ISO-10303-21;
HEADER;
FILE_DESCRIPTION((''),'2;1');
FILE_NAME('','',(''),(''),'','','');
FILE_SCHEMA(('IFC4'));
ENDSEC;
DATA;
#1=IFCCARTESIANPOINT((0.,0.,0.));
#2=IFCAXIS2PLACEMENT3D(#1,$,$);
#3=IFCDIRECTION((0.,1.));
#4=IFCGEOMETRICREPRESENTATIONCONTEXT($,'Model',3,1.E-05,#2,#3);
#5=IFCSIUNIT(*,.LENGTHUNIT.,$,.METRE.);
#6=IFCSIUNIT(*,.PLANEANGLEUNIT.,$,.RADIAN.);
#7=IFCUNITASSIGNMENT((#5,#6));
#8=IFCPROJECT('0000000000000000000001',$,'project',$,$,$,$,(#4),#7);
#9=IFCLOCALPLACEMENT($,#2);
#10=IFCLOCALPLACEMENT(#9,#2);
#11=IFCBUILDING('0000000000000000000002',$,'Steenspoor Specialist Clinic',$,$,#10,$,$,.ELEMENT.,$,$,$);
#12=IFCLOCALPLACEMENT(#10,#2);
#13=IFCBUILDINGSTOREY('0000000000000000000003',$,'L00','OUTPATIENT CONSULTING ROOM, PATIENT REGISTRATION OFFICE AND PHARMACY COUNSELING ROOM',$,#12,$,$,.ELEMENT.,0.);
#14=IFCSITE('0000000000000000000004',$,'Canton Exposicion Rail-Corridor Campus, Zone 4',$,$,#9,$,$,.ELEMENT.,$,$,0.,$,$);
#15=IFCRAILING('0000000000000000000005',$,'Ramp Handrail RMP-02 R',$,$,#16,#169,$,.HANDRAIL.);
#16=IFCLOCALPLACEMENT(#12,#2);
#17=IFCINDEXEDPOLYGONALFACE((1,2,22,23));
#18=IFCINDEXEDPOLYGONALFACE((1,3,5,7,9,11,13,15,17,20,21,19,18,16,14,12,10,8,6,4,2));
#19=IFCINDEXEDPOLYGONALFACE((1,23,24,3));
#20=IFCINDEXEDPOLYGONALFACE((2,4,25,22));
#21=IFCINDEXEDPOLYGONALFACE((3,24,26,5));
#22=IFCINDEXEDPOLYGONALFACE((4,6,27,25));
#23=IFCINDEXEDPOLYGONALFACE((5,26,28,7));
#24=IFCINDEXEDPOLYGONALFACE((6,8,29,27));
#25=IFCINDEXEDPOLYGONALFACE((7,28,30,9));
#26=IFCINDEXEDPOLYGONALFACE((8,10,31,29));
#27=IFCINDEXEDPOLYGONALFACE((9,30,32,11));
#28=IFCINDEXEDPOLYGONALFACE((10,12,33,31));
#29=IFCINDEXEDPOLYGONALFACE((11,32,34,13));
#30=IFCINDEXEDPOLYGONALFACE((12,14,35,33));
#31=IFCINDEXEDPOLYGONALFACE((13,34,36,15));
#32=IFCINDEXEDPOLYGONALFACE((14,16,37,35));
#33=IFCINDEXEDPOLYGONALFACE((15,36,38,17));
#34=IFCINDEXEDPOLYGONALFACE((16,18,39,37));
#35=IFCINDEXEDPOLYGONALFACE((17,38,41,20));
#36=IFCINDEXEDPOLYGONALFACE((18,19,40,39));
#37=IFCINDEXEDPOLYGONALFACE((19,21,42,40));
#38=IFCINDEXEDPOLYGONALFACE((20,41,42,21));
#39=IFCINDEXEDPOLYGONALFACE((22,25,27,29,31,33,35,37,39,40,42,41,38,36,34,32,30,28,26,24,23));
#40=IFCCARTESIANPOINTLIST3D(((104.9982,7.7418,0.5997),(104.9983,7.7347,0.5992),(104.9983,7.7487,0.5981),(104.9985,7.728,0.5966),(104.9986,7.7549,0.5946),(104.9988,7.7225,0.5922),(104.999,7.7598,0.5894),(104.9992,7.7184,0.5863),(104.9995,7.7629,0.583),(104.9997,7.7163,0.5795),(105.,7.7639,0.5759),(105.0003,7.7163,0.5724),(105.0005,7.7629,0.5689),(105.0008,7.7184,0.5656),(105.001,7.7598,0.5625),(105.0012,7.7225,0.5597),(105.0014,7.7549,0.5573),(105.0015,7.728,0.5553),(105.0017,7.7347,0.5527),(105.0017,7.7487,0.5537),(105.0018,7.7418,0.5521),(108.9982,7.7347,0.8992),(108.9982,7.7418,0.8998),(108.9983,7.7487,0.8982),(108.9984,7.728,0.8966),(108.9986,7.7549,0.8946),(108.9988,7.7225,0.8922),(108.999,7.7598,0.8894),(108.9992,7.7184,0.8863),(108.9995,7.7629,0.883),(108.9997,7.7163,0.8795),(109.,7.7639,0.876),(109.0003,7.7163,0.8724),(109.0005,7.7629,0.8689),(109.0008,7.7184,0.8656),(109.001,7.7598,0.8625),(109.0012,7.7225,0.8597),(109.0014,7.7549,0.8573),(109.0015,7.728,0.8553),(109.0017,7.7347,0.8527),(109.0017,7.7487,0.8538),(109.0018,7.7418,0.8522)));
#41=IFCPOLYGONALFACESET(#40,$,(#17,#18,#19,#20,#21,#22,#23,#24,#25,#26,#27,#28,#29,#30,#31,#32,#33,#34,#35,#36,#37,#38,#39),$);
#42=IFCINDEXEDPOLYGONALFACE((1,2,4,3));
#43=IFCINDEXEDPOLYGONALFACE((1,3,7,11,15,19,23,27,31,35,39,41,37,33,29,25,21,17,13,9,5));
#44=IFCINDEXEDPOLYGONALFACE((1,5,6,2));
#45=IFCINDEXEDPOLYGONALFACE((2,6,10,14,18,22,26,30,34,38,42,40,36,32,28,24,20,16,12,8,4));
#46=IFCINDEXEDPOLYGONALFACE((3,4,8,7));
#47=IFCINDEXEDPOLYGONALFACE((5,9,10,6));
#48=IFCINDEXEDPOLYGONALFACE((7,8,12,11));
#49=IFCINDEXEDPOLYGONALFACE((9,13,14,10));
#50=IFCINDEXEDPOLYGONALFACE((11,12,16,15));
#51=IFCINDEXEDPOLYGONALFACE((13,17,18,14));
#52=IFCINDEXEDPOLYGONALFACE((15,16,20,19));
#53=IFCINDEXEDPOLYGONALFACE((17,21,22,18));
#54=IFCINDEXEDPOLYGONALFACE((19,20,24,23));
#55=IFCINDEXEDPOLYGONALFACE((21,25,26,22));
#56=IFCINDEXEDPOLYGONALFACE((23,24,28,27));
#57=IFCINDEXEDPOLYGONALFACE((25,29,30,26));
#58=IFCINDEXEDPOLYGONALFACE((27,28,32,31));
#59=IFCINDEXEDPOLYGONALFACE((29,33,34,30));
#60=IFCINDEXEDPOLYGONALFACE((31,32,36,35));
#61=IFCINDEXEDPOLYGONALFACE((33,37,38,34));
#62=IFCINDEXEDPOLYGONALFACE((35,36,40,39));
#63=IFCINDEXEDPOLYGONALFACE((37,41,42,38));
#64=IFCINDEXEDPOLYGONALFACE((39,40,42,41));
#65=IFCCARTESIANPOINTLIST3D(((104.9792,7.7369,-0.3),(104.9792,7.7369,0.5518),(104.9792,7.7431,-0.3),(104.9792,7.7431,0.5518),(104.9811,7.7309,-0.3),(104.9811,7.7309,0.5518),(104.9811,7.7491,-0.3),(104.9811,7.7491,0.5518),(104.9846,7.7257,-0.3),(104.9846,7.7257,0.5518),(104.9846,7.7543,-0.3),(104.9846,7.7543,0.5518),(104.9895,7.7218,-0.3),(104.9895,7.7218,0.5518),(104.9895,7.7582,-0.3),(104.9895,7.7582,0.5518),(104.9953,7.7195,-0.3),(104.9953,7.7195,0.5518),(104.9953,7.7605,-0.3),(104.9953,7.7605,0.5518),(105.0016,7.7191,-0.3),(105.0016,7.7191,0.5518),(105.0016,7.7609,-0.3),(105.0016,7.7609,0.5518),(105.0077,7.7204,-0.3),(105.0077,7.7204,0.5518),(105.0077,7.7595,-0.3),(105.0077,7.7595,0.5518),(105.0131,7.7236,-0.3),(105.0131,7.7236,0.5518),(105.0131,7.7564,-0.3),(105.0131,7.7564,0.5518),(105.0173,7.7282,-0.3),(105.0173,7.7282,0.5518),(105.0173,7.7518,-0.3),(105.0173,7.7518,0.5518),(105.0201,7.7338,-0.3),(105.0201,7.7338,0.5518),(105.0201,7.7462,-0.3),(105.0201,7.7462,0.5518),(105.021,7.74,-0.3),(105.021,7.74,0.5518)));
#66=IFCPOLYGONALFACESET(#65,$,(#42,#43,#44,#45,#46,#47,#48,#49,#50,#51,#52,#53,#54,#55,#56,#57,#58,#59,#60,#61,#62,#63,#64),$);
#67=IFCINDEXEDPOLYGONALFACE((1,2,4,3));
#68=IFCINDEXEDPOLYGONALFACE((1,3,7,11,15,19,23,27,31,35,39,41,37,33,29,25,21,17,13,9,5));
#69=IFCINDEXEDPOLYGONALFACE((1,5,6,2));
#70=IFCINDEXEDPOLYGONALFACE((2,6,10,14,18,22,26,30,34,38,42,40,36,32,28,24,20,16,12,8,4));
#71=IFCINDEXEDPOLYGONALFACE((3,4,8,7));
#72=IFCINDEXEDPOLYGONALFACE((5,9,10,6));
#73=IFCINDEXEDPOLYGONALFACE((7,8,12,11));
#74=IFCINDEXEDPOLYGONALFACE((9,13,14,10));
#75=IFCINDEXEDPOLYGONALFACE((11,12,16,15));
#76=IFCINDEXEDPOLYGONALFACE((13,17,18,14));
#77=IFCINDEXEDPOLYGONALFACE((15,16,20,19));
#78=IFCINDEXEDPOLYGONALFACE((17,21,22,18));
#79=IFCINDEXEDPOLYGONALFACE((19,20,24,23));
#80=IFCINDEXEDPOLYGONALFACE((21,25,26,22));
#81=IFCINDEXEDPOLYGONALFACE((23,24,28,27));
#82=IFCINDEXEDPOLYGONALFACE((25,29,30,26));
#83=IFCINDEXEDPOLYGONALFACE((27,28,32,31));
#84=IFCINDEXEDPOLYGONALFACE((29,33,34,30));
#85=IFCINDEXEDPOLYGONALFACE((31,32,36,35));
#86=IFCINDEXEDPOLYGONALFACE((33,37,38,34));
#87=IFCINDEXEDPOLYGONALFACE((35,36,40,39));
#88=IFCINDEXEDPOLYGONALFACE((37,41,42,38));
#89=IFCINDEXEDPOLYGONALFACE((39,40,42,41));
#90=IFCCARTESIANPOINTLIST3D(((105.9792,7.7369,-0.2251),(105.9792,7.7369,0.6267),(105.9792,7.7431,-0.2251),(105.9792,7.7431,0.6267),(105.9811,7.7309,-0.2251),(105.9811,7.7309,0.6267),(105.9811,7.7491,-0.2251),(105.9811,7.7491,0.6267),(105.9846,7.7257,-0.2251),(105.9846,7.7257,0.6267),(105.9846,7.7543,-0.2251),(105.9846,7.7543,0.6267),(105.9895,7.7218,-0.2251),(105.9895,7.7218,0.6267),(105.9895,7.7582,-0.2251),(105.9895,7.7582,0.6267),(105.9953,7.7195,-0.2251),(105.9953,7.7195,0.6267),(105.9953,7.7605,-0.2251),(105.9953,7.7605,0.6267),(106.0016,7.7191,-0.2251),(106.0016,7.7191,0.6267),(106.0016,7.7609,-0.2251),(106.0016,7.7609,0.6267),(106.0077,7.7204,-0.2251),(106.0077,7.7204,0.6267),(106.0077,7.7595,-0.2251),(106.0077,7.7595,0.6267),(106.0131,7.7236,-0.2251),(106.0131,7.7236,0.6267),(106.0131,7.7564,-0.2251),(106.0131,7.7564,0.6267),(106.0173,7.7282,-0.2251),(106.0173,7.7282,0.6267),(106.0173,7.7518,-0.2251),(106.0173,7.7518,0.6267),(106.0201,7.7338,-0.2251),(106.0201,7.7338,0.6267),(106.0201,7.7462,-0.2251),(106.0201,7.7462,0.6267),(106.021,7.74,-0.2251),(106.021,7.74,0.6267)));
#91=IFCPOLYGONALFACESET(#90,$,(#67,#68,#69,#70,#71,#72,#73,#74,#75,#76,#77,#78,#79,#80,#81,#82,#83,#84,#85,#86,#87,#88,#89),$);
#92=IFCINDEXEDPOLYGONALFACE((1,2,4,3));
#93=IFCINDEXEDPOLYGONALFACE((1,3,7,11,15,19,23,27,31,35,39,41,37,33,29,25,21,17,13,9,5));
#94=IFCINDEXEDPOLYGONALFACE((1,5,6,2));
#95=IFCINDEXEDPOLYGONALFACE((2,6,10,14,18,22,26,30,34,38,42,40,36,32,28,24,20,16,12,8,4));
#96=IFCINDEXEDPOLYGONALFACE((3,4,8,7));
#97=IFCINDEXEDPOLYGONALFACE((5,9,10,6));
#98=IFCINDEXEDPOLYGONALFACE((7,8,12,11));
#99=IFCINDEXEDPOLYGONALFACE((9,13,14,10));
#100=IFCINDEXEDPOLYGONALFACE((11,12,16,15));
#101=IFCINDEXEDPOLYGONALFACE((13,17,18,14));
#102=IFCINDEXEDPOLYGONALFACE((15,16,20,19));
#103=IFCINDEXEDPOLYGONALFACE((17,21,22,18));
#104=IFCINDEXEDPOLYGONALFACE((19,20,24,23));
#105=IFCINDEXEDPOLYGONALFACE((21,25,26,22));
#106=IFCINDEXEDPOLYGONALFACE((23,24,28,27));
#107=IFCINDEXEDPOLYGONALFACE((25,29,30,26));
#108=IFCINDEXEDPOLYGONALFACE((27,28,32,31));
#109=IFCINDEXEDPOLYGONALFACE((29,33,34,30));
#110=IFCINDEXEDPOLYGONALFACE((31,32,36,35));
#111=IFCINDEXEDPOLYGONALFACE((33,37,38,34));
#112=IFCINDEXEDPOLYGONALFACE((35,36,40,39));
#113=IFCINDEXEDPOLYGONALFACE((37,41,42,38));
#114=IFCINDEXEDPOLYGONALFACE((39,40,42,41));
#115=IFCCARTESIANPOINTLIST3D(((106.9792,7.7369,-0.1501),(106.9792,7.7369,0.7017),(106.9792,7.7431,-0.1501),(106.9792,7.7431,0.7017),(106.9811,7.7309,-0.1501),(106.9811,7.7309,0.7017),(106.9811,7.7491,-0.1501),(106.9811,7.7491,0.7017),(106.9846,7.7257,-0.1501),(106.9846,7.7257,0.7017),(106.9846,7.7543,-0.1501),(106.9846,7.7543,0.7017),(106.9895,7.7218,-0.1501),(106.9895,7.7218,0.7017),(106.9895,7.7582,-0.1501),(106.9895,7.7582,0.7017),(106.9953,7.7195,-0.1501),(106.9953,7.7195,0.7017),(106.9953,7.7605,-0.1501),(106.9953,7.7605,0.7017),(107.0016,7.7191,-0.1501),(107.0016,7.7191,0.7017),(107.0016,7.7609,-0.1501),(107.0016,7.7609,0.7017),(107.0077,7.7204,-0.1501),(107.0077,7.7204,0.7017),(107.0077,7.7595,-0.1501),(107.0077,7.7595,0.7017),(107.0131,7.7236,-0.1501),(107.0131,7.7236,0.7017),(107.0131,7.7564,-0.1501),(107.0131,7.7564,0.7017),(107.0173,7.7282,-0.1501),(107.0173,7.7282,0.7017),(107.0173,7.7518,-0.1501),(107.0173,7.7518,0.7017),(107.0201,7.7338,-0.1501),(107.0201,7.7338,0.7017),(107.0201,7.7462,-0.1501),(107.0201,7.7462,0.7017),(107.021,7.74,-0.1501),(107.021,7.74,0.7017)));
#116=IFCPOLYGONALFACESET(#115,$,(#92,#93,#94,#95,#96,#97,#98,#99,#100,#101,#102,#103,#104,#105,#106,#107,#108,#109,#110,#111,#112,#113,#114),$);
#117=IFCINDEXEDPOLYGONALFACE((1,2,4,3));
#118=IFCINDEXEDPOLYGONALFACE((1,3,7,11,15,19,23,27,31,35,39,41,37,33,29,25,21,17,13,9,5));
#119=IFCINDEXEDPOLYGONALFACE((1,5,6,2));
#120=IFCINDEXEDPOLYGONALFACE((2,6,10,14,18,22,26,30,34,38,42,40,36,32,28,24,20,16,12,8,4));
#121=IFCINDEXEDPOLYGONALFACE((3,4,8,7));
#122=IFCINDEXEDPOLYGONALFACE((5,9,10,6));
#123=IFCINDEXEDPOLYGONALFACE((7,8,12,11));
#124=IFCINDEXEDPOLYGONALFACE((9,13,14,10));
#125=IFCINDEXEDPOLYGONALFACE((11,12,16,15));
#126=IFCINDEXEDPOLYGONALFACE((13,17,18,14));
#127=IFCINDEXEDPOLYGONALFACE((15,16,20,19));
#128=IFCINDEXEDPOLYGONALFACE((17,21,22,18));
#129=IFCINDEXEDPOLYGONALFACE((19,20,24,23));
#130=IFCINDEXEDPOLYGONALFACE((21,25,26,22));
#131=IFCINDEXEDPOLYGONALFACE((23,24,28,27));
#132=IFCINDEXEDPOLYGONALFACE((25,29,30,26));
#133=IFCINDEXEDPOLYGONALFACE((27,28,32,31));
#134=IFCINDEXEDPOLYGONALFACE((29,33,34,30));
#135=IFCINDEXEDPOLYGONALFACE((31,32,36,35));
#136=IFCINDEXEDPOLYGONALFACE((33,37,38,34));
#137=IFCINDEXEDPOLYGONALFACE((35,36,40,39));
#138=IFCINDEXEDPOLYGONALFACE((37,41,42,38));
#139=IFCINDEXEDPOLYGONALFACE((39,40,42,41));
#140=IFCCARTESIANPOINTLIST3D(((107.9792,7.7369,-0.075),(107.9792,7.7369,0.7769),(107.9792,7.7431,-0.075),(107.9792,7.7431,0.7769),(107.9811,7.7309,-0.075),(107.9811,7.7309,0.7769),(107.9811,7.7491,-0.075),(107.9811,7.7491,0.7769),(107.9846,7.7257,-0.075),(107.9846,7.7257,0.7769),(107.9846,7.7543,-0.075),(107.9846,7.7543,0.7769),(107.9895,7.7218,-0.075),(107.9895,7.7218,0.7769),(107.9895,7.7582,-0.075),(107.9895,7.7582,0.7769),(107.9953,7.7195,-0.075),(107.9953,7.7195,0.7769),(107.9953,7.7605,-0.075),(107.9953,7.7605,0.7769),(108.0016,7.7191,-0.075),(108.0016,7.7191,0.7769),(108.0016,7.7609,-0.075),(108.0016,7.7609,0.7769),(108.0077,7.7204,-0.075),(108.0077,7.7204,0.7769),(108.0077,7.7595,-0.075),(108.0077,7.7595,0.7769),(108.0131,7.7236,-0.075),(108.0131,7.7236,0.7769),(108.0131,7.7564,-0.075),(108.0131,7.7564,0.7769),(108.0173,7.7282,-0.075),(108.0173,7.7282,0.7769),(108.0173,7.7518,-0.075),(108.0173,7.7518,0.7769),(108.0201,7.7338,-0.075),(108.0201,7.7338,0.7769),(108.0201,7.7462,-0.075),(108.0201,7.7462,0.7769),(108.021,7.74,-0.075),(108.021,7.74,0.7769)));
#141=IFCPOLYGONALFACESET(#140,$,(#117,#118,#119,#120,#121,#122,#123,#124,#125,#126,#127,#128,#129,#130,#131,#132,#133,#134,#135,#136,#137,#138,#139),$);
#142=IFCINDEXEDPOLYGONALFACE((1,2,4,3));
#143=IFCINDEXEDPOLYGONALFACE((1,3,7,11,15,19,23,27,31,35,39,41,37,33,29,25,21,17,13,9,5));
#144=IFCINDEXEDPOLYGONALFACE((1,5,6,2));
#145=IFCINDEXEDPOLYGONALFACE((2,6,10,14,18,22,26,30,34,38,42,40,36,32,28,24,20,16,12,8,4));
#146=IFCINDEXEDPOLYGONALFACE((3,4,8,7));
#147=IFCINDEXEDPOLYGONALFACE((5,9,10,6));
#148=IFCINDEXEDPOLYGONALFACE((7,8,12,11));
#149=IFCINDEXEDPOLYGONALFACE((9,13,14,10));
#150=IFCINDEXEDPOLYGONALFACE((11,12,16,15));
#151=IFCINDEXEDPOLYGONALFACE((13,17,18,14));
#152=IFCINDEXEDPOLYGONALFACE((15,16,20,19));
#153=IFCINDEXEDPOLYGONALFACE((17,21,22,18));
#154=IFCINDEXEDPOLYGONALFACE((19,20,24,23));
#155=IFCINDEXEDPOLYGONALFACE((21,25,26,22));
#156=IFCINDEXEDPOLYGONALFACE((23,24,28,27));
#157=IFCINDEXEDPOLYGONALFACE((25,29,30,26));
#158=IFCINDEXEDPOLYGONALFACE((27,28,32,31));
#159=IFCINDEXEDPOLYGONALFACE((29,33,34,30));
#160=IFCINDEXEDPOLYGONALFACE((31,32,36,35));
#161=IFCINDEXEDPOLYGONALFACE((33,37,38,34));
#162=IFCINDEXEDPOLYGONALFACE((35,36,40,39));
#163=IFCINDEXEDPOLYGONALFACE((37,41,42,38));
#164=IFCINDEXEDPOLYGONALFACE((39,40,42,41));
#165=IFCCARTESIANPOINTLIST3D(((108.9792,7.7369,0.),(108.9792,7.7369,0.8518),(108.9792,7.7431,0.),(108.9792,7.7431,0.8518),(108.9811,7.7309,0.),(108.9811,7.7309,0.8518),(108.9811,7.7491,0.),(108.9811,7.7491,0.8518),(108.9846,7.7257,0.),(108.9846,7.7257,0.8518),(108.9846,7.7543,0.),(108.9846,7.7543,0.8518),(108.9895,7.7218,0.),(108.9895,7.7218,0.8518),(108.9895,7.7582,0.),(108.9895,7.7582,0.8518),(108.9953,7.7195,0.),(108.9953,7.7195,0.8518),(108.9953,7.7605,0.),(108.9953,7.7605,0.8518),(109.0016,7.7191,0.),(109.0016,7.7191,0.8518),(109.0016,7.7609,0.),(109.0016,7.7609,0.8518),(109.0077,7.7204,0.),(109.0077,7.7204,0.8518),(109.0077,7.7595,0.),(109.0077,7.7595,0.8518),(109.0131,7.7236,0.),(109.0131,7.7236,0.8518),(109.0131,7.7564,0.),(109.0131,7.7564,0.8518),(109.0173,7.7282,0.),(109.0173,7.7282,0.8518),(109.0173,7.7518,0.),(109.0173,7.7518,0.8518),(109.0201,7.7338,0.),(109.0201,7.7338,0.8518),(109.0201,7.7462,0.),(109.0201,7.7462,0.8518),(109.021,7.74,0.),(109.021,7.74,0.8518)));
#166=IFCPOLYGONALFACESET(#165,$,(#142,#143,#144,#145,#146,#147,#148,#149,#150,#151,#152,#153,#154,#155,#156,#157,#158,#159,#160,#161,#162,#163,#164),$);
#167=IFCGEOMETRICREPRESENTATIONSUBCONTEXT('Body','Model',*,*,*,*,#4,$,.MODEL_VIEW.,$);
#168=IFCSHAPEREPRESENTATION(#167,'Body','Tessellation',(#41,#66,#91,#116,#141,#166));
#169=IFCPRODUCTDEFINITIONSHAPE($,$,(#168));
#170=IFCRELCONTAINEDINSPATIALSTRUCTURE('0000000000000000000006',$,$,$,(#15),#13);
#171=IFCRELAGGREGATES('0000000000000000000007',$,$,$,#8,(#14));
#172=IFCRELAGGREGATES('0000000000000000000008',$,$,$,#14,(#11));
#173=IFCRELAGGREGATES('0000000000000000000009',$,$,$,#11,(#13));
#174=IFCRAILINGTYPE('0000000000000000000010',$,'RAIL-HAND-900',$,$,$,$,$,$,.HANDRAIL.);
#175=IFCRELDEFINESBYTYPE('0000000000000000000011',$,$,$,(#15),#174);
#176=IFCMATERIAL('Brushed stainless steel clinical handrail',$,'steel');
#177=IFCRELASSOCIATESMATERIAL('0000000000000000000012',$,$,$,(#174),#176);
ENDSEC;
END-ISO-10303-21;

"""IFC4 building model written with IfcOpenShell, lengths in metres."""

from ifc_helpers import new_model, si_unit, direction, frame, origin, origin_2d, place, context, subcontext, project, spatial, circle, extrude, material, type_object, element, save


model = new_model("IFC4")

# Units and contexts
model_context = context("Model", 3, precision=1e-05, world=origin(), true_north=direction((0.0, 1.0)))
body_context = subcontext(model_context, "Body", "Model", "MODEL_VIEW")
ifc_project = project(units=[si_unit("LENGTHUNIT", "METRE"), si_unit("PLANEANGLEUNIT", "RADIAN")], contexts=[model_context])

# Site, building, storey
site_placement = place(None, origin())
site = spatial("IfcSite", under=ifc_project, at=site_placement, Name="Canton Exposicion Rail-Corridor Campus, Zone 4", CompositionType="ELEMENT", RefElevation=0.0)
building_placement = place(site_placement, origin())
building = spatial("IfcBuilding", under=site, at=building_placement, Name="Steenspoor Specialist Clinic", CompositionType="ELEMENT")
storey_placement = place(building_placement, origin())
storey = spatial("IfcBuildingStorey", under=building, at=storey_placement, Name="L00", Description="OUTPATIENT CONSULTING ROOM, PATIENT REGISTRATION OFFICE AND PHARMACY COUNSELING ROOM", CompositionType="ELEMENT", Elevation=0.0)

# Railing
ifc_material_1 = material(Name="Brushed stainless steel clinical handrail", Category="steel")
railing_type = type_object("IfcRailingType", Name="RAIL-HAND-900", PredefinedType="HANDRAIL", material=ifc_material_1)
for number, where, name in (
    (1, (105.0, 7.74, -0.3), "Ramp Handrail RMP-02 R"),
):
    element("IfcRailing", number, at=place(storey_placement, frame(where)), inside=storey, type_object=railing_type, Name=name, PredefinedType="HANDRAIL", context=body_context, shape_type="SweptSolid", body=[
        extrude(circle(Radius=0.0239, at=origin_2d()), frame((0.0, 0.0, 0.876), z_axis=(0.997198, 0.0, 0.074802), x_axis=(0.0, 1.0, 0.0)), (0.0, 0.0, 1.0), 4.0112),
        extrude(circle(Radius=0.021, at=origin_2d()), origin(), (0.0, 0.0, 1.0), 0.8518),
        extrude(circle(Radius=0.021, at=origin_2d()), frame((1.0, 0.0, 0.075)), (0.0, 0.0, 1.0), 0.8518),
        extrude(circle(Radius=0.021, at=origin_2d()), frame((2.0, 0.0, 0.1499)), (0.0, 0.0, 1.0), 0.8518),
        extrude(circle(Radius=0.021, at=origin_2d()), frame((3.0, 0.0, 0.2251)), (0.0, 0.0, 1.0), 0.8518),
        extrude(circle(Radius=0.021, at=origin_2d()), frame((4.0, 0.0, 0.3)), (0.0, 0.0, 1.0), 0.8518),
    ])

save(model, "model.ifc")
